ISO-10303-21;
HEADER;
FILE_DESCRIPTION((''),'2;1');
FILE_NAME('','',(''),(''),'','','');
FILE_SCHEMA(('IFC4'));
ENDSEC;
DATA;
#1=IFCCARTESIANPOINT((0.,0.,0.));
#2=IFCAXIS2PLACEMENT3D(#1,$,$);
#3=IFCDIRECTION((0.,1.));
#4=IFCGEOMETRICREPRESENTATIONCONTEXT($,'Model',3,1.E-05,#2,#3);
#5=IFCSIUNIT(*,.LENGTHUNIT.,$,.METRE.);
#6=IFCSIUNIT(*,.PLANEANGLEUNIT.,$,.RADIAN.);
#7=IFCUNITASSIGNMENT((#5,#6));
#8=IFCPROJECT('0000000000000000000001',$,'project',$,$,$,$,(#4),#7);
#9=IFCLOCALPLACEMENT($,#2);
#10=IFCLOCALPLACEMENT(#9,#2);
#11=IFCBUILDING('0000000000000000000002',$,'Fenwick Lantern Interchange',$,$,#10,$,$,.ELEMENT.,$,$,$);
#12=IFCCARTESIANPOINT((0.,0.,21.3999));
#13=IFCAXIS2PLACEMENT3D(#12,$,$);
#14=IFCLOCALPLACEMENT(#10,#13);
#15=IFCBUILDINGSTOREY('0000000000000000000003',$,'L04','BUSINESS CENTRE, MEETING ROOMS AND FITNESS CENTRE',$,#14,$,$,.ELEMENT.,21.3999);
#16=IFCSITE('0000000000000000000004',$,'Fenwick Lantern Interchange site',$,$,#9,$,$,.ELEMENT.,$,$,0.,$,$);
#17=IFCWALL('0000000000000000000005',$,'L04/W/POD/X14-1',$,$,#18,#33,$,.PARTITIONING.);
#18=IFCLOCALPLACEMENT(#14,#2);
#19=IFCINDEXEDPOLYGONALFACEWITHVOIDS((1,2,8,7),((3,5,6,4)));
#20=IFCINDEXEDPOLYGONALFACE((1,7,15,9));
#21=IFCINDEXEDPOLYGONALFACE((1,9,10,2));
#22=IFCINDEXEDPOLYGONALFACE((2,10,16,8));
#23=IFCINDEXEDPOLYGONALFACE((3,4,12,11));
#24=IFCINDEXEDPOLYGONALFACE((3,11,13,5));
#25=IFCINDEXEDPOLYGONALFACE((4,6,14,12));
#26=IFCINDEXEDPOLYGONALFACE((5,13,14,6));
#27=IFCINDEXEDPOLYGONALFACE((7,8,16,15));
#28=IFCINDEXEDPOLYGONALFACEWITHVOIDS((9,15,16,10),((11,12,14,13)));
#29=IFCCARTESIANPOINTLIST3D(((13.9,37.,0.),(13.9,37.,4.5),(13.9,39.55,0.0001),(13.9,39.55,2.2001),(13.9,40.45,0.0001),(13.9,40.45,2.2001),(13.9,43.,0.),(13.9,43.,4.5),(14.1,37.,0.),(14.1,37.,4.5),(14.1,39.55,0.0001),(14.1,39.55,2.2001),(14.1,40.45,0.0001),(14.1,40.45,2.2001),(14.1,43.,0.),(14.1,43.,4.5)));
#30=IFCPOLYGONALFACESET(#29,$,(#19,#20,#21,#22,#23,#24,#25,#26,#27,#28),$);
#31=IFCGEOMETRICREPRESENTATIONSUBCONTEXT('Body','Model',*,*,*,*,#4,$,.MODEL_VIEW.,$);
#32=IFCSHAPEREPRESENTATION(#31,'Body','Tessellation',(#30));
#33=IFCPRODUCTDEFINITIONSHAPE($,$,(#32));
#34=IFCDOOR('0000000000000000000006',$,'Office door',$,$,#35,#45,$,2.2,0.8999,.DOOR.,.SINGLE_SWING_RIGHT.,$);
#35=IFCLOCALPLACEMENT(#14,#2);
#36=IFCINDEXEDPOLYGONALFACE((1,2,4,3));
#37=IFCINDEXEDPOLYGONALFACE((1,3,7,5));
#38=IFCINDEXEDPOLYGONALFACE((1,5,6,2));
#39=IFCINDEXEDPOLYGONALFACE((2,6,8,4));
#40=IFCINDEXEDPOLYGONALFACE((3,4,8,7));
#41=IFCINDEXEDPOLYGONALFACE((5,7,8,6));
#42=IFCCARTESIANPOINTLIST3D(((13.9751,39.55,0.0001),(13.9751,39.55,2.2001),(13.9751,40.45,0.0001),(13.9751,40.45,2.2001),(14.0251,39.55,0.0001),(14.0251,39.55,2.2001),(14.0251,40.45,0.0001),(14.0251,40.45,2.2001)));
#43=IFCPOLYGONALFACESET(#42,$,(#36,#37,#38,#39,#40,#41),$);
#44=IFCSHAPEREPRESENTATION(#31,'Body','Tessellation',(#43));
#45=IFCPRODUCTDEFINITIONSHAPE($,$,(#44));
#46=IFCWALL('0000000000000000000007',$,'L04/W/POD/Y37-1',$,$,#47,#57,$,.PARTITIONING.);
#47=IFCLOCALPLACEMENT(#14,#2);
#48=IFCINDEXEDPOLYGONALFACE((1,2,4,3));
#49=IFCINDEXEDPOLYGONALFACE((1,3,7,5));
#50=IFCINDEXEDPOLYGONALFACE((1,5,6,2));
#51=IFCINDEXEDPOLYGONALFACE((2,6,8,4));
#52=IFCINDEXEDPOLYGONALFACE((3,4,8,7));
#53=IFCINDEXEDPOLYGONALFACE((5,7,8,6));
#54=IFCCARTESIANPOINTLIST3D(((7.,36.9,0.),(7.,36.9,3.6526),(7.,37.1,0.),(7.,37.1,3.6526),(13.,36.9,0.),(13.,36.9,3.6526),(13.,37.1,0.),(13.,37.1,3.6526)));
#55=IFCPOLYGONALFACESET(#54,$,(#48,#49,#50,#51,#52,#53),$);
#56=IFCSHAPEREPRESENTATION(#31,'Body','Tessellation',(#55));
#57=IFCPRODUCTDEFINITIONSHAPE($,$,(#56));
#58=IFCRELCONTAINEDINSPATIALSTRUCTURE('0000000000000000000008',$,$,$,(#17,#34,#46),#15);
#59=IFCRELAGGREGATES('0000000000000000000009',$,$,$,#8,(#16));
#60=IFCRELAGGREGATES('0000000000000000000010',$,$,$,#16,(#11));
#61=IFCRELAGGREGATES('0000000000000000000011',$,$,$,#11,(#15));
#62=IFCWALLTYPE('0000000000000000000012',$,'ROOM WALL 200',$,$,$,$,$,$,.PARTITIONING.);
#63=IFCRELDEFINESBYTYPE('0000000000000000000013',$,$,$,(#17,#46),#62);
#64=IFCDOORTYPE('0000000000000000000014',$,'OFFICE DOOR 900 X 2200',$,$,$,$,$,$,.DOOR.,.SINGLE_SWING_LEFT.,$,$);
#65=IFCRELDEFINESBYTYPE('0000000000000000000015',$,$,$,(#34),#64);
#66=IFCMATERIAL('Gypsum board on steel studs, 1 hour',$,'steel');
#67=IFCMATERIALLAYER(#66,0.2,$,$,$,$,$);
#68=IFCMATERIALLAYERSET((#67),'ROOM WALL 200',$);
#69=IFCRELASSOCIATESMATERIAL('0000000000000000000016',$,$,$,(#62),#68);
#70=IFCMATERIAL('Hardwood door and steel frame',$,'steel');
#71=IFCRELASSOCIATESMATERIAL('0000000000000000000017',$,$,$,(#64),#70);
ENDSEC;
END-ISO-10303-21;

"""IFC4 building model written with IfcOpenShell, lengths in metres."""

from ifc_helpers import new_model, si_unit, direction, frame, frame_2d, origin, place, context, subcontext, project, spatial, rectangle, extrude, material, layer, layer_set, type_object, element, fill, save


model = new_model("IFC4")

# Units and contexts
model_context = context("Model", 3, precision=1e-05, world=origin(), true_north=direction((0.0, 1.0)))
body_context = subcontext(model_context, "Body", "Model", "MODEL_VIEW")
ifc_project = project(units=[si_unit("LENGTHUNIT", "METRE"), si_unit("PLANEANGLEUNIT", "RADIAN")], contexts=[model_context])

# Site, building, storey
site_placement = place(None, origin())
site = spatial("IfcSite", under=ifc_project, at=site_placement, Name="Fenwick Lantern Interchange site", CompositionType="ELEMENT", RefElevation=0.0)
building_placement = place(site_placement, origin())
building = spatial("IfcBuilding", under=site, at=building_placement, Name="Fenwick Lantern Interchange", CompositionType="ELEMENT")
storey_placement = place(building_placement, frame((0.0, 0.0, 21.3999)))
storey = spatial("IfcBuildingStorey", under=building, at=storey_placement, Name="L04", Description="BUSINESS CENTRE, MEETING ROOMS AND FITNESS CENTRE", CompositionType="ELEMENT", Elevation=21.3999)

# Wall, opening, door
ifc_material_1 = material(Name="Gypsum board on steel studs, 1 hour", Category="steel")
ifc_layer_1 = layer(ifc_material_1, 0.2)
ifc_layer_set_1 = layer_set([ifc_layer_1], Name="ROOM WALL 200")
wall_type_1 = type_object("IfcWallType", Name="ROOM WALL 200", PredefinedType="PARTITIONING", material=ifc_layer_set_1)
wall_1_placement = place(storey_placement, frame((14.0, 37.0, 0.0), z_axis=(0.0, 0.0, 1.0), x_axis=(0.0, 1.0, 0.0)))
wall_1 = element("IfcWall", 1, at=wall_1_placement, inside=storey, type_object=wall_type_1, Name="L04/W/POD/X14-1", PredefinedType="PARTITIONING", context=body_context, shape_type="SweptSolid", body=[
    extrude(rectangle(XDim=6.0, YDim=0.2, at=frame_2d((3.0, 0.0))), origin(), (0.0, 0.0, 1.0), 4.5),
])
opening_placement = place(wall_1_placement, frame((2.55, 0.0, 0.0)))
opening = element("IfcOpeningElement", 2, at=opening_placement, cuts=wall_1, PredefinedType="OPENING", context=body_context, shape_type="SweptSolid", body=[
    extrude(rectangle(XDim=0.8999, YDim=2.2, at=frame_2d((0.45, 1.1001))), frame((0.0, 0.1099, 0.0), z_axis=(0.0, -1.0, 0.0), x_axis=(1.0, 0.0, 0.0)), (0.0, 0.0, 1.0), 0.22),
])
ifc_material_2 = material(Name="Hardwood door and steel frame", Category="steel")
door_type = type_object("IfcDoorType", Name="OFFICE DOOR 900 X 2200", OperationType="SINGLE_SWING_LEFT", PredefinedType="DOOR", material=ifc_material_2)
door_placement = place(opening_placement, origin())
door = element("IfcDoor", 3, at=door_placement, inside=storey, type_object=door_type, Name="Office door", OperationType="SINGLE_SWING_RIGHT", OverallHeight=2.2, OverallWidth=0.8999, PredefinedType="DOOR", context=body_context, shape_type="SweptSolid", body=[
    extrude(rectangle(XDim=0.8999, YDim=2.2, at=frame_2d((0.45, 1.1001))), frame((0.0, 0.0249, 0.0), z_axis=(0.0, -1.0, 0.0), x_axis=(1.0, 0.0, 0.0)), (0.0, 0.0, 1.0), 0.05),
])
fill(opening, door)

# Wall
wall_2_placement = place(storey_placement, frame((7.0, 37.0, 0.0), z_axis=(0.0, 0.0, 1.0), x_axis=(1.0, 0.0, 0.0)))
element("IfcWall", 4, at=wall_2_placement, inside=storey, type_object=wall_type_1, Name="L04/W/POD/Y37-1", PredefinedType="PARTITIONING", context=body_context, shape_type="SweptSolid", body=[
    extrude(rectangle(XDim=6.0, YDim=0.2, at=frame_2d((3.0, 0.0))), origin(), (0.0, 0.0, 1.0), 3.6526),
])

save(model, "model.ifc")
